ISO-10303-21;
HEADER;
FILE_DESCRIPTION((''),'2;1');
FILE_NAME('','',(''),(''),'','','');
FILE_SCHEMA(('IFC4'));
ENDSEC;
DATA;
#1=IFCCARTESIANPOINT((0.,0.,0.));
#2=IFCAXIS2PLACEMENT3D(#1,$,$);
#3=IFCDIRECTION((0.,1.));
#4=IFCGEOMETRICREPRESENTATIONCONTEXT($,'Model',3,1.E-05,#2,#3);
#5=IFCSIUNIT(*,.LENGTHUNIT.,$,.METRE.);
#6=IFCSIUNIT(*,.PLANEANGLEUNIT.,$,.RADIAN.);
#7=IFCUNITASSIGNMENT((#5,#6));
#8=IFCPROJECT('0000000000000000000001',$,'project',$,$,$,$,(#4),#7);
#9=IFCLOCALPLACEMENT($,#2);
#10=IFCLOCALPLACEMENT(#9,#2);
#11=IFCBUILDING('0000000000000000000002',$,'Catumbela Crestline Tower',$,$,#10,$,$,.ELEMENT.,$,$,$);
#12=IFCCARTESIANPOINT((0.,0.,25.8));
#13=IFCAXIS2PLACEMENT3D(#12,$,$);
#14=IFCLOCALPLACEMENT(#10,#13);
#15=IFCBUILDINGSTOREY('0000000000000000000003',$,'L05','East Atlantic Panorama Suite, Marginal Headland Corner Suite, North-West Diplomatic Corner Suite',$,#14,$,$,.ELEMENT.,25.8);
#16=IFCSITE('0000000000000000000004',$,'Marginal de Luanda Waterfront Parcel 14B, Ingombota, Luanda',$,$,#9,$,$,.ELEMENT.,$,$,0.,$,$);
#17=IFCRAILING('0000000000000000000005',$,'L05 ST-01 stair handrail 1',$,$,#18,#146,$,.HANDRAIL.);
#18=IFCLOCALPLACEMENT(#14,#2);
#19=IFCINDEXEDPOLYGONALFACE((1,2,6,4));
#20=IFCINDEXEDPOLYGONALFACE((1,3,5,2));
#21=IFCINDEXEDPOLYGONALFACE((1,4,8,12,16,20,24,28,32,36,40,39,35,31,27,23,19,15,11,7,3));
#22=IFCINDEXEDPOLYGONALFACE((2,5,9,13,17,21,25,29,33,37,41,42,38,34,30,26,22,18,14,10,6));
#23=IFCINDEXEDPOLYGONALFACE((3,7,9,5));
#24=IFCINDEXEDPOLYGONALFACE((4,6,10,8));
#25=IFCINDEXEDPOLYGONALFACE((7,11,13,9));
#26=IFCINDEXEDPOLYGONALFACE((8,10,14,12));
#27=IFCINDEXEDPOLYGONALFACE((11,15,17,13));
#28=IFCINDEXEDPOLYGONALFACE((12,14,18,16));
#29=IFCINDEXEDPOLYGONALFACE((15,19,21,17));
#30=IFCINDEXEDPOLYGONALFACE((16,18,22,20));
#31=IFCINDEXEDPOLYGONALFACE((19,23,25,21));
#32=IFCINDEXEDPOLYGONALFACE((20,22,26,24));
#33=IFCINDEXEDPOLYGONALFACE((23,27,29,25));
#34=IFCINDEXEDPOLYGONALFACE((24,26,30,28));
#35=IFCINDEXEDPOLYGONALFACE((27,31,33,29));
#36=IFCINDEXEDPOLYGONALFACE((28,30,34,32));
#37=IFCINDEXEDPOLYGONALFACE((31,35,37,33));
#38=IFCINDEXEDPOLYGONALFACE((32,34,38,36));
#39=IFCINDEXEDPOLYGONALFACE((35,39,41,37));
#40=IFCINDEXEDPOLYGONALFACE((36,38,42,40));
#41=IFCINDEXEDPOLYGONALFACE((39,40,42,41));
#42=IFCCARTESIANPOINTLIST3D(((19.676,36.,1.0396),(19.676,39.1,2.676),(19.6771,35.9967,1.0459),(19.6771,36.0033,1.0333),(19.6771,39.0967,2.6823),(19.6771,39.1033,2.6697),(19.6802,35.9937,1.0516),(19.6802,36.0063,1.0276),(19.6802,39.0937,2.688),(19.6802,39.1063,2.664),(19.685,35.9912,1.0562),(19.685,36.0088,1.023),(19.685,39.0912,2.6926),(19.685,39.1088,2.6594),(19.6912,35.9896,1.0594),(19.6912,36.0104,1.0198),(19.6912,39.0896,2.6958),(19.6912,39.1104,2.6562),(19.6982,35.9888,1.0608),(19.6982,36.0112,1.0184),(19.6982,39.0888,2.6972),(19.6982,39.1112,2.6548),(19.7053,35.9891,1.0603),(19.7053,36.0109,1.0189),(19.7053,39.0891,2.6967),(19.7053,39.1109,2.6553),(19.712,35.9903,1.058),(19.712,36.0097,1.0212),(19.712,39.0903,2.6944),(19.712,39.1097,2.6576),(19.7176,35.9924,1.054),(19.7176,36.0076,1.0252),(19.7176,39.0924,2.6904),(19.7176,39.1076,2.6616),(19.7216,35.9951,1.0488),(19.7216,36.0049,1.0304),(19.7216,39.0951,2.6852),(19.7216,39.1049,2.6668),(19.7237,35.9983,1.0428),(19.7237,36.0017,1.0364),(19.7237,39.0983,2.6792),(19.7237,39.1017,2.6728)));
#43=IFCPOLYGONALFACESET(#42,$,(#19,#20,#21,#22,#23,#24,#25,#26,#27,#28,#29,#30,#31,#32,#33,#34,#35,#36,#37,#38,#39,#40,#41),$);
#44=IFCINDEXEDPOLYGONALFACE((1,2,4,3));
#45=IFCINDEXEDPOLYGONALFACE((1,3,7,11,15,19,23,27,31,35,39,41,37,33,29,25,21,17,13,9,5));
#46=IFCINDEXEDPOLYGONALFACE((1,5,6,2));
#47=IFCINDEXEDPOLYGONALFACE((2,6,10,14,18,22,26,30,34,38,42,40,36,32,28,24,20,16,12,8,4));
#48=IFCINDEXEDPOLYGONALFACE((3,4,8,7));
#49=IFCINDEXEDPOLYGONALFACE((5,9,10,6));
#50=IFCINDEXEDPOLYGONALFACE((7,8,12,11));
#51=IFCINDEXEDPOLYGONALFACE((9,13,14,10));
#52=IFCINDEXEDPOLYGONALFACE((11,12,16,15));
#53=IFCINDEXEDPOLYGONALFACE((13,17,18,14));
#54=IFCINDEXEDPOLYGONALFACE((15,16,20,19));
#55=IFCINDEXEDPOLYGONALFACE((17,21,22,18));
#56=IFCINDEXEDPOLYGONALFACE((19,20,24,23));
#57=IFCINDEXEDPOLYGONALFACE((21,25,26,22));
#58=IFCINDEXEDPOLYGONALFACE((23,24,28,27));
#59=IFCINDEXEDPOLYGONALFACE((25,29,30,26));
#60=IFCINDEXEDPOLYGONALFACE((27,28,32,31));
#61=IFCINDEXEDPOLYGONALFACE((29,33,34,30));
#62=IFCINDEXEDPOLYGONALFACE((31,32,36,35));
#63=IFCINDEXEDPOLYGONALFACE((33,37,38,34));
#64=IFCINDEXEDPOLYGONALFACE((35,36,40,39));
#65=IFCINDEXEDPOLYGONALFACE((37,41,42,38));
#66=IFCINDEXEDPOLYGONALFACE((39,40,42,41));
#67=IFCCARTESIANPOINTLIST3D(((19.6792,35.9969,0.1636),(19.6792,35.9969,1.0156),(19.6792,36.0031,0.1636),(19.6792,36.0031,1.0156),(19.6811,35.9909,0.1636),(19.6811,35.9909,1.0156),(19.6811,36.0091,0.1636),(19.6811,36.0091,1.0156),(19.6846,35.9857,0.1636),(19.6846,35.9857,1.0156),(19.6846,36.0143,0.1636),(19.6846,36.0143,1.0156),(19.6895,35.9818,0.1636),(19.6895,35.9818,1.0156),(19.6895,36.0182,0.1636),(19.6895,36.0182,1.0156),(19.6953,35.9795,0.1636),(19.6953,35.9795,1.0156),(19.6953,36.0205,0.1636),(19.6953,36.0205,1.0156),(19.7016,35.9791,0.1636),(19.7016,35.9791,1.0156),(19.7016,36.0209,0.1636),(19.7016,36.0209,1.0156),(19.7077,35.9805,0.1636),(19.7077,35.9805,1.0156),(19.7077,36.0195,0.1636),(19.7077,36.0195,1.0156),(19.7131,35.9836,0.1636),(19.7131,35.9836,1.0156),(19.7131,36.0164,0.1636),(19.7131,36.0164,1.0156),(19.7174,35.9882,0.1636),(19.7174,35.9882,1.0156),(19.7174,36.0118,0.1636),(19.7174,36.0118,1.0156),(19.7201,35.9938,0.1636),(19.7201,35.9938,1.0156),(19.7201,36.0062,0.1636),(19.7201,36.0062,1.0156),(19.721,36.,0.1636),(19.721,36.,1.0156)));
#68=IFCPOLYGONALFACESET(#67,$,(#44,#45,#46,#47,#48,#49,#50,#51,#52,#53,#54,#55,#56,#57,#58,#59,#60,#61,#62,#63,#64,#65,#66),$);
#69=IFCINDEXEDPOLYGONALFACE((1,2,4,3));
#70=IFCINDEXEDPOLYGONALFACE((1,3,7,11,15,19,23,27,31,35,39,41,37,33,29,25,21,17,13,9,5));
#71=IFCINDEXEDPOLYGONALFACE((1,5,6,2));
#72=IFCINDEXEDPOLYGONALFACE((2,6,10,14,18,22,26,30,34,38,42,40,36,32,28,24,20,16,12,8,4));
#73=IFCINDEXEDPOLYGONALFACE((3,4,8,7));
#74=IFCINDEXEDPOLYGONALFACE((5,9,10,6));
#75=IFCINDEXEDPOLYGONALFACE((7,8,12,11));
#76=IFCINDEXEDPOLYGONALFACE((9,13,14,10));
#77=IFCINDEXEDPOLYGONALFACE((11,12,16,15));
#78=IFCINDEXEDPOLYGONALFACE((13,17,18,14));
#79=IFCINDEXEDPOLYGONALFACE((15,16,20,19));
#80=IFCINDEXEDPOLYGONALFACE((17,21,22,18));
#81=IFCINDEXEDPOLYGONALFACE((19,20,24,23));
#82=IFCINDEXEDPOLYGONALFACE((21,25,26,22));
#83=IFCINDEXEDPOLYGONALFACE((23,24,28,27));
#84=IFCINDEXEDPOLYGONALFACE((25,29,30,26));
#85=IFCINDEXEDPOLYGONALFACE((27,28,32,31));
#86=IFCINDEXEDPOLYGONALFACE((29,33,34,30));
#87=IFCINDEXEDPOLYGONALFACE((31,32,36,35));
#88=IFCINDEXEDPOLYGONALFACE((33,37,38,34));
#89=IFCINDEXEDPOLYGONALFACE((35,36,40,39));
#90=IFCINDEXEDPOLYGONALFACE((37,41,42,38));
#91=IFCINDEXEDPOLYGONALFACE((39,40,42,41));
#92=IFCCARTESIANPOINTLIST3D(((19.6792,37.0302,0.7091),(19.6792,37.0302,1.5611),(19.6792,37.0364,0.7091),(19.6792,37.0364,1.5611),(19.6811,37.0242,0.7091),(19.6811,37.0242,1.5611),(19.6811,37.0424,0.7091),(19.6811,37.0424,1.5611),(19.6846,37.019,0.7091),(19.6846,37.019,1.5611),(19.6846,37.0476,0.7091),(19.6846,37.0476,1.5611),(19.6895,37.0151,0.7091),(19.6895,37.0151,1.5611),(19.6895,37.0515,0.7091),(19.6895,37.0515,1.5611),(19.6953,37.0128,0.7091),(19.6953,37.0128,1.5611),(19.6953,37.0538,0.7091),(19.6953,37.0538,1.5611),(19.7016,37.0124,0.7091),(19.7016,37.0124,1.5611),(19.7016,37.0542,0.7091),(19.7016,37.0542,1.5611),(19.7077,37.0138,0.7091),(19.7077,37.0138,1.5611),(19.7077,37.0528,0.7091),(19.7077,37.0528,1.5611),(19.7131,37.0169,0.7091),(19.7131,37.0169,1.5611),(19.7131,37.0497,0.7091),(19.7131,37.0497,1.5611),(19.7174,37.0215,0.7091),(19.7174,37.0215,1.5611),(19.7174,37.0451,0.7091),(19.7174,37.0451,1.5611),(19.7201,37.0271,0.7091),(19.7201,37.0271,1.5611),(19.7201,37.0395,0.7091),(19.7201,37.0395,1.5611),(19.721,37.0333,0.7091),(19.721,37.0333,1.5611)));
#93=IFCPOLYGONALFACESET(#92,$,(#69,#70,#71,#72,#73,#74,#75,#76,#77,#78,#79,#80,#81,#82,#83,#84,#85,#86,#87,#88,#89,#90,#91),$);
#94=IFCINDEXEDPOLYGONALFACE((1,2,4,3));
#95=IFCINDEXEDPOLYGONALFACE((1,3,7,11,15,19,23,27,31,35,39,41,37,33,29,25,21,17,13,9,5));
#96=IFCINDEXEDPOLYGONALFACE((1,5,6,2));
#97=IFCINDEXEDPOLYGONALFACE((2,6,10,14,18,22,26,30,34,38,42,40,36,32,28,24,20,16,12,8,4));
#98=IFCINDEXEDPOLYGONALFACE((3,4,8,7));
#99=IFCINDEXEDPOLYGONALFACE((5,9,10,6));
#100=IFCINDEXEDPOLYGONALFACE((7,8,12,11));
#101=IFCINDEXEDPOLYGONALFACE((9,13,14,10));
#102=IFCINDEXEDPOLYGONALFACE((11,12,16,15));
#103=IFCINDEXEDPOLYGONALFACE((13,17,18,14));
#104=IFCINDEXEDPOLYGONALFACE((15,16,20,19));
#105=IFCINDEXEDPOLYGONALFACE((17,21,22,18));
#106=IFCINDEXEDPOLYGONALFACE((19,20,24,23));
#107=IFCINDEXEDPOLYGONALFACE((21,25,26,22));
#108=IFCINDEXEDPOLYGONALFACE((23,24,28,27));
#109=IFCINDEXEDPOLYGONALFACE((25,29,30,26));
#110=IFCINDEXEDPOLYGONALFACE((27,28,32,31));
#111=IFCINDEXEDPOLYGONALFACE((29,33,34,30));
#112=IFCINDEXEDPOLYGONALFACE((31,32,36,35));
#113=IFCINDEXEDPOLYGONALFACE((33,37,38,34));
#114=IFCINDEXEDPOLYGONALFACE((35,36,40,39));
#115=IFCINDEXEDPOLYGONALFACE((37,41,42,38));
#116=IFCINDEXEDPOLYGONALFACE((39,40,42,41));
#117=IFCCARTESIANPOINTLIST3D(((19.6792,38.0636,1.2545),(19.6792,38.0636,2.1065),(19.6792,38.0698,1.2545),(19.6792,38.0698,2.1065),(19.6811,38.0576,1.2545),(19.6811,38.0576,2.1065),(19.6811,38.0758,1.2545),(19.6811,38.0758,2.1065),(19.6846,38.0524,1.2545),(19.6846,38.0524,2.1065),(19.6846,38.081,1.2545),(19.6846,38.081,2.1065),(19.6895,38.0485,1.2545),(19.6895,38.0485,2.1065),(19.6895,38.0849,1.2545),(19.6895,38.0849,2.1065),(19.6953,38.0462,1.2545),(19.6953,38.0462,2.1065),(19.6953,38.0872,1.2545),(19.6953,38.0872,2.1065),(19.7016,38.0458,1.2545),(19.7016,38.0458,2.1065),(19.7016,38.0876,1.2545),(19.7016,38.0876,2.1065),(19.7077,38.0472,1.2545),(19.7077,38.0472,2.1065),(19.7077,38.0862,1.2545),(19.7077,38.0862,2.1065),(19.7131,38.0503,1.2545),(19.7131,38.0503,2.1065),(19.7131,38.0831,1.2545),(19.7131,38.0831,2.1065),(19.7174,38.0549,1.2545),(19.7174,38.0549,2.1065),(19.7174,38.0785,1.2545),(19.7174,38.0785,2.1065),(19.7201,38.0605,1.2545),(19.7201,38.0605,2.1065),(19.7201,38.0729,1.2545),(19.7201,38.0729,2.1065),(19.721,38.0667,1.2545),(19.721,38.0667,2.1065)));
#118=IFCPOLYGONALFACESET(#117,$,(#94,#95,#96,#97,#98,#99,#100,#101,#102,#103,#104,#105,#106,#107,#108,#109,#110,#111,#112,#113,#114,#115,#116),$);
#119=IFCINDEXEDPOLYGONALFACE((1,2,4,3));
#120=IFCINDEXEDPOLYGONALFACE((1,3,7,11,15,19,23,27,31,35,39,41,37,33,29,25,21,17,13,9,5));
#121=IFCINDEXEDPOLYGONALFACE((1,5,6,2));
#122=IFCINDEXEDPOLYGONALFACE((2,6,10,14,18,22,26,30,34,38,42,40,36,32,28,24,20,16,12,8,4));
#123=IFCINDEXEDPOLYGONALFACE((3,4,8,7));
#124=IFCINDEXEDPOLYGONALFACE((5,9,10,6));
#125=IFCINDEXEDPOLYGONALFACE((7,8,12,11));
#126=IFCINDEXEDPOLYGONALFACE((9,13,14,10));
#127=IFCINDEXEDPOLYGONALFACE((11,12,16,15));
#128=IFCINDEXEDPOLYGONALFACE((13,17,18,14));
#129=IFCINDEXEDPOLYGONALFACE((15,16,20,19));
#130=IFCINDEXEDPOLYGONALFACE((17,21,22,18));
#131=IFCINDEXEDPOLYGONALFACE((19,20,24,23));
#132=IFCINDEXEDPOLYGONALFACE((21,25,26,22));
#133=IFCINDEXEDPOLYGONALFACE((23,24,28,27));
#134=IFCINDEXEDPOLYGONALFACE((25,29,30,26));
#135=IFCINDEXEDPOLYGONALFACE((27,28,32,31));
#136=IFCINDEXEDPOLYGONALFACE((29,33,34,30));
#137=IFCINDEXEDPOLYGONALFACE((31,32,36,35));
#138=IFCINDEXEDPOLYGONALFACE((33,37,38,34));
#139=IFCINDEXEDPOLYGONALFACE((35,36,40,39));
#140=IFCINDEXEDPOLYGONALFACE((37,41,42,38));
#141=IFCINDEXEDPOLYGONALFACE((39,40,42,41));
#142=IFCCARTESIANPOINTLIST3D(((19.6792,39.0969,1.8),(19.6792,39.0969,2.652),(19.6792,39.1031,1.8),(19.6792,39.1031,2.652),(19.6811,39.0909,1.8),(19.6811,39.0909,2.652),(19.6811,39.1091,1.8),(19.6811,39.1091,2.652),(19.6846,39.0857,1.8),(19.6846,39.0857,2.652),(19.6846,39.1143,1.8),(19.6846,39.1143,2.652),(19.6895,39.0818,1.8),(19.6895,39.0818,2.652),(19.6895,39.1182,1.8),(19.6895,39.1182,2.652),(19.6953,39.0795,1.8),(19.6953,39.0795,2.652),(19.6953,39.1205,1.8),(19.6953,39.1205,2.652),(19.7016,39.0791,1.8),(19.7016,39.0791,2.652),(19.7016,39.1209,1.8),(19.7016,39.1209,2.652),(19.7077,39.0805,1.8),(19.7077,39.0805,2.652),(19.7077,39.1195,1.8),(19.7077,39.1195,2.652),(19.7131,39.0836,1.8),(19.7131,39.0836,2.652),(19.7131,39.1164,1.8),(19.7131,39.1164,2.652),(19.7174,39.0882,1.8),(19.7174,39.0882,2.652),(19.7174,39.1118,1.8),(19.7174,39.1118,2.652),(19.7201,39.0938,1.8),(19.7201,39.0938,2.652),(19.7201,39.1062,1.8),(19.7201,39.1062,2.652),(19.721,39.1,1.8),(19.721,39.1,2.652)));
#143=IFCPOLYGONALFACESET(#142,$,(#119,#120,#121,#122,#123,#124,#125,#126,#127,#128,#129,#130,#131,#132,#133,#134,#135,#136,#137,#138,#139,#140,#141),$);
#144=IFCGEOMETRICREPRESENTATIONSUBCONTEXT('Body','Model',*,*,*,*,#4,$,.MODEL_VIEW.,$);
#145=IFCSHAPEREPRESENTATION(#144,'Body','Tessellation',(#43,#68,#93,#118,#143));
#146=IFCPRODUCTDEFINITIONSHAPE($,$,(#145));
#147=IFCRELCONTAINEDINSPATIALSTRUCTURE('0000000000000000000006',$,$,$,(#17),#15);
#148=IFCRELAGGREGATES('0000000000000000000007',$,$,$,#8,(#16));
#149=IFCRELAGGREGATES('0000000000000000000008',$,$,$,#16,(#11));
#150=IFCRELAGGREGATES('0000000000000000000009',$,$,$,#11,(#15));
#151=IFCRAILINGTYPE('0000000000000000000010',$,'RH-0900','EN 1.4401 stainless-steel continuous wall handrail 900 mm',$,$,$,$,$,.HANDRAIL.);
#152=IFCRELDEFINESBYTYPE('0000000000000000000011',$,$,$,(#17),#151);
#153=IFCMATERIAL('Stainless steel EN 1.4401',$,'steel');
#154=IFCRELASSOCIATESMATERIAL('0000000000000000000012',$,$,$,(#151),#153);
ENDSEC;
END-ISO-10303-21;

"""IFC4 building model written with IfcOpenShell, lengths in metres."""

from ifc_helpers import new_model, si_unit, direction, frame, origin, origin_2d, place, context, subcontext, project, spatial, circle, extrude, material, type_object, element, save


model = new_model("IFC4")

# Units and contexts
model_context = context("Model", 3, precision=1e-05, world=origin(), true_north=direction((0.0, 1.0)))
body_context = subcontext(model_context, "Body", "Model", "MODEL_VIEW")
ifc_project = project(units=[si_unit("LENGTHUNIT", "METRE"), si_unit("PLANEANGLEUNIT", "RADIAN")], contexts=[model_context])

# Site, building, storey
site_placement = place(None, origin())
site = spatial("IfcSite", under=ifc_project, at=site_placement, Name="Marginal de Luanda Waterfront Parcel 14B, Ingombota, Luanda", CompositionType="ELEMENT", RefElevation=0.0)
building_placement = place(site_placement, origin())
building = spatial("IfcBuilding", under=site, at=building_placement, Name="Catumbela Crestline Tower", CompositionType="ELEMENT")
storey_placement = place(building_placement, frame((0.0, 0.0, 25.8)))
storey = spatial("IfcBuildingStorey", under=building, at=storey_placement, Name="L05", Description="East Atlantic Panorama Suite, Marginal Headland Corner Suite, North-West Diplomatic Corner Suite", CompositionType="ELEMENT", Elevation=25.8)

# Shared definitions
ifc_material_1 = material(Name="Stainless steel EN 1.4401", Category="steel")

# Railing
railing_type_1 = type_object("IfcRailingType", Name="RH-0900", Description="EN 1.4401 stainless-steel continuous wall handrail 900 mm", PredefinedType="HANDRAIL", material=ifc_material_1)
railing_1_placement = place(storey_placement, frame((19.7, 36.0, 0.1636)))
element("IfcRailing", 1, at=railing_1_placement, inside=storey, type_object=railing_type_1, Name="L05 ST-01 stair handrail 1", PredefinedType="HANDRAIL", context=body_context, shape_type="SweptSolid", body=[
    extrude(circle(Radius=0.024, at=origin_2d()), frame((0.0, 0.0, 0.876), z_axis=(0.0, 0.884351, 0.466823), x_axis=(-1.0, 0.0, 0.0)), (0.0, 0.0, 1.0), 3.5054),
    extrude(circle(Radius=0.021, at=origin_2d()), origin(), (0.0, 0.0, 1.0), 0.852),
    extrude(circle(Radius=0.021, at=origin_2d()), frame((0.0, 1.0333, 0.5455)), (0.0, 0.0, 1.0), 0.852),
    extrude(circle(Radius=0.021, at=origin_2d()), frame((0.0, 2.0667, 1.0909)), (0.0, 0.0, 1.0), 0.852),
    extrude(circle(Radius=0.021, at=origin_2d()), frame((0.0, 3.1, 1.6364)), (0.0, 0.0, 1.0), 0.852),
])

save(model, "model.ifc")
